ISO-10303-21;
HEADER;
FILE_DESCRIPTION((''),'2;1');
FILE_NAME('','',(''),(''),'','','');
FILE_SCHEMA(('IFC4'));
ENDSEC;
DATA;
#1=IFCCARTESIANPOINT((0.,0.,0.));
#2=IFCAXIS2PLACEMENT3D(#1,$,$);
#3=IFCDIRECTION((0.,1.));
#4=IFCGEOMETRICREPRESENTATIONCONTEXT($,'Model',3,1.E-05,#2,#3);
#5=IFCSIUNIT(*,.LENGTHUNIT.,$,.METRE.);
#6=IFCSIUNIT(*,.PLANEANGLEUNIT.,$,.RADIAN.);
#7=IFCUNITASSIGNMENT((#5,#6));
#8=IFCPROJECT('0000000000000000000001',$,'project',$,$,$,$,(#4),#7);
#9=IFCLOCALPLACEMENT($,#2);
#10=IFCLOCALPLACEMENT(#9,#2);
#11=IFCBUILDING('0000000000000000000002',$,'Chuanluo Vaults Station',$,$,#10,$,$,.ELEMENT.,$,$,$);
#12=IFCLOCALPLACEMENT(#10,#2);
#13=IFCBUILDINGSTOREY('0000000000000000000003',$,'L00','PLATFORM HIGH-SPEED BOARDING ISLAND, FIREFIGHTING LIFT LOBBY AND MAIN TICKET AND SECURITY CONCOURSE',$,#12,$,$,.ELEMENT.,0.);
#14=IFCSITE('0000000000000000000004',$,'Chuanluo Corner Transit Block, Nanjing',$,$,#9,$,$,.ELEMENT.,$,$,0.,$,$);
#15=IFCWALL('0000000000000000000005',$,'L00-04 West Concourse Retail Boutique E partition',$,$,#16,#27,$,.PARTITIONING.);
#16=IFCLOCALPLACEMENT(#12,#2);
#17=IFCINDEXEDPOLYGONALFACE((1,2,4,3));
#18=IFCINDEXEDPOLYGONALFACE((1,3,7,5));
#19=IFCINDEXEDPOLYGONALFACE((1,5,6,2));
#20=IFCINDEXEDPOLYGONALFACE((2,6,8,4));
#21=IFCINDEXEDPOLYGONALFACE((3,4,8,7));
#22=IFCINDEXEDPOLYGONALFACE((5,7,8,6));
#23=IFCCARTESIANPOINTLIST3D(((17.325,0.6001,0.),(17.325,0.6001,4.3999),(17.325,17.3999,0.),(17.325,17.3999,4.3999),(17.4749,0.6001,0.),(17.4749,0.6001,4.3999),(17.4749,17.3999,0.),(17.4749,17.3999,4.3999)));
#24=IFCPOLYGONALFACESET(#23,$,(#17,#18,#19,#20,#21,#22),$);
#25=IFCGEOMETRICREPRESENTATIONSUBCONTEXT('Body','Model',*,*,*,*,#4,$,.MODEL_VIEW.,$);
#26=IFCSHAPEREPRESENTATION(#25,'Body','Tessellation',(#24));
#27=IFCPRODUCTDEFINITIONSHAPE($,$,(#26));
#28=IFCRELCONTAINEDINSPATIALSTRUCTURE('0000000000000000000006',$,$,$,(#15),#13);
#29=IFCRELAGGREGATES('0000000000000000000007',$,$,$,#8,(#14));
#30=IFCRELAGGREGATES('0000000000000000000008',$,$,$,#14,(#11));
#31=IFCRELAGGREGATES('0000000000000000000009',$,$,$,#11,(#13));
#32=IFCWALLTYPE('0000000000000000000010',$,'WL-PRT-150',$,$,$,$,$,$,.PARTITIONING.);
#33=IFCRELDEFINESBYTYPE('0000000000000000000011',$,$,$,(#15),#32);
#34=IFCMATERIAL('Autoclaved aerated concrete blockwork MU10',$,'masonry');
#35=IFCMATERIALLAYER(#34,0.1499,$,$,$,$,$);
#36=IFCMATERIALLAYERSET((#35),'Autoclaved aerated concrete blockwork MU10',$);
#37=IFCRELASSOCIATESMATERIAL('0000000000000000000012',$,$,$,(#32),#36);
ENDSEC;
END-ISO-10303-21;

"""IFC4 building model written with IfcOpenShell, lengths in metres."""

from ifc_helpers import new_model, si_unit, direction, frame, frame_2d, origin, place, context, subcontext, project, spatial, rectangle, extrude, material, layer, layer_set, type_object, element, save


model = new_model("IFC4")

# Units and contexts
model_context = context("Model", 3, precision=1e-05, world=origin(), true_north=direction((0.0, 1.0)))
body_context = subcontext(model_context, "Body", "Model", "MODEL_VIEW")
ifc_project = project(units=[si_unit("LENGTHUNIT", "METRE"), si_unit("PLANEANGLEUNIT", "RADIAN")], contexts=[model_context])

# Site, building, storey
site_placement = place(None, origin())
site = spatial("IfcSite", under=ifc_project, at=site_placement, Name="Chuanluo Corner Transit Block, Nanjing", CompositionType="ELEMENT", RefElevation=0.0)
building_placement = place(site_placement, origin())
building = spatial("IfcBuilding", under=site, at=building_placement, Name="Chuanluo Vaults Station", CompositionType="ELEMENT")
storey_placement = place(building_placement, origin())
storey = spatial("IfcBuildingStorey", under=building, at=storey_placement, Name="L00", Description="PLATFORM HIGH-SPEED BOARDING ISLAND, FIREFIGHTING LIFT LOBBY AND MAIN TICKET AND SECURITY CONCOURSE", CompositionType="ELEMENT", Elevation=0.0)

# Shared definitions
ifc_material_1 = material(Name="Autoclaved aerated concrete blockwork MU10", Category="masonry")
ifc_layer_1 = layer(ifc_material_1, 0.1499)
ifc_layer_set_1 = layer_set([ifc_layer_1], Name="Autoclaved aerated concrete blockwork MU10")
wall_type_1 = type_object("IfcWallType", Name="WL-PRT-150", PredefinedType="PARTITIONING", material=ifc_layer_set_1)

# Wall
wall_1_placement = place(storey_placement, frame((17.3999, 17.3999, 0.0), z_axis=(0.0, 0.0, 1.0), x_axis=(0.0, -1.0, 0.0)))
element("IfcWall", 1, at=wall_1_placement, inside=storey, type_object=wall_type_1, Name="L00-04 West Concourse Retail Boutique E partition", PredefinedType="PARTITIONING", context=body_context, shape_type="SweptSolid", body=[
    extrude(rectangle(XDim=16.7998, YDim=0.1499, at=frame_2d((8.3999, 0.0))), origin(), (0.0, 0.0, 1.0), 4.3999),
])

save(model, "model.ifc")
